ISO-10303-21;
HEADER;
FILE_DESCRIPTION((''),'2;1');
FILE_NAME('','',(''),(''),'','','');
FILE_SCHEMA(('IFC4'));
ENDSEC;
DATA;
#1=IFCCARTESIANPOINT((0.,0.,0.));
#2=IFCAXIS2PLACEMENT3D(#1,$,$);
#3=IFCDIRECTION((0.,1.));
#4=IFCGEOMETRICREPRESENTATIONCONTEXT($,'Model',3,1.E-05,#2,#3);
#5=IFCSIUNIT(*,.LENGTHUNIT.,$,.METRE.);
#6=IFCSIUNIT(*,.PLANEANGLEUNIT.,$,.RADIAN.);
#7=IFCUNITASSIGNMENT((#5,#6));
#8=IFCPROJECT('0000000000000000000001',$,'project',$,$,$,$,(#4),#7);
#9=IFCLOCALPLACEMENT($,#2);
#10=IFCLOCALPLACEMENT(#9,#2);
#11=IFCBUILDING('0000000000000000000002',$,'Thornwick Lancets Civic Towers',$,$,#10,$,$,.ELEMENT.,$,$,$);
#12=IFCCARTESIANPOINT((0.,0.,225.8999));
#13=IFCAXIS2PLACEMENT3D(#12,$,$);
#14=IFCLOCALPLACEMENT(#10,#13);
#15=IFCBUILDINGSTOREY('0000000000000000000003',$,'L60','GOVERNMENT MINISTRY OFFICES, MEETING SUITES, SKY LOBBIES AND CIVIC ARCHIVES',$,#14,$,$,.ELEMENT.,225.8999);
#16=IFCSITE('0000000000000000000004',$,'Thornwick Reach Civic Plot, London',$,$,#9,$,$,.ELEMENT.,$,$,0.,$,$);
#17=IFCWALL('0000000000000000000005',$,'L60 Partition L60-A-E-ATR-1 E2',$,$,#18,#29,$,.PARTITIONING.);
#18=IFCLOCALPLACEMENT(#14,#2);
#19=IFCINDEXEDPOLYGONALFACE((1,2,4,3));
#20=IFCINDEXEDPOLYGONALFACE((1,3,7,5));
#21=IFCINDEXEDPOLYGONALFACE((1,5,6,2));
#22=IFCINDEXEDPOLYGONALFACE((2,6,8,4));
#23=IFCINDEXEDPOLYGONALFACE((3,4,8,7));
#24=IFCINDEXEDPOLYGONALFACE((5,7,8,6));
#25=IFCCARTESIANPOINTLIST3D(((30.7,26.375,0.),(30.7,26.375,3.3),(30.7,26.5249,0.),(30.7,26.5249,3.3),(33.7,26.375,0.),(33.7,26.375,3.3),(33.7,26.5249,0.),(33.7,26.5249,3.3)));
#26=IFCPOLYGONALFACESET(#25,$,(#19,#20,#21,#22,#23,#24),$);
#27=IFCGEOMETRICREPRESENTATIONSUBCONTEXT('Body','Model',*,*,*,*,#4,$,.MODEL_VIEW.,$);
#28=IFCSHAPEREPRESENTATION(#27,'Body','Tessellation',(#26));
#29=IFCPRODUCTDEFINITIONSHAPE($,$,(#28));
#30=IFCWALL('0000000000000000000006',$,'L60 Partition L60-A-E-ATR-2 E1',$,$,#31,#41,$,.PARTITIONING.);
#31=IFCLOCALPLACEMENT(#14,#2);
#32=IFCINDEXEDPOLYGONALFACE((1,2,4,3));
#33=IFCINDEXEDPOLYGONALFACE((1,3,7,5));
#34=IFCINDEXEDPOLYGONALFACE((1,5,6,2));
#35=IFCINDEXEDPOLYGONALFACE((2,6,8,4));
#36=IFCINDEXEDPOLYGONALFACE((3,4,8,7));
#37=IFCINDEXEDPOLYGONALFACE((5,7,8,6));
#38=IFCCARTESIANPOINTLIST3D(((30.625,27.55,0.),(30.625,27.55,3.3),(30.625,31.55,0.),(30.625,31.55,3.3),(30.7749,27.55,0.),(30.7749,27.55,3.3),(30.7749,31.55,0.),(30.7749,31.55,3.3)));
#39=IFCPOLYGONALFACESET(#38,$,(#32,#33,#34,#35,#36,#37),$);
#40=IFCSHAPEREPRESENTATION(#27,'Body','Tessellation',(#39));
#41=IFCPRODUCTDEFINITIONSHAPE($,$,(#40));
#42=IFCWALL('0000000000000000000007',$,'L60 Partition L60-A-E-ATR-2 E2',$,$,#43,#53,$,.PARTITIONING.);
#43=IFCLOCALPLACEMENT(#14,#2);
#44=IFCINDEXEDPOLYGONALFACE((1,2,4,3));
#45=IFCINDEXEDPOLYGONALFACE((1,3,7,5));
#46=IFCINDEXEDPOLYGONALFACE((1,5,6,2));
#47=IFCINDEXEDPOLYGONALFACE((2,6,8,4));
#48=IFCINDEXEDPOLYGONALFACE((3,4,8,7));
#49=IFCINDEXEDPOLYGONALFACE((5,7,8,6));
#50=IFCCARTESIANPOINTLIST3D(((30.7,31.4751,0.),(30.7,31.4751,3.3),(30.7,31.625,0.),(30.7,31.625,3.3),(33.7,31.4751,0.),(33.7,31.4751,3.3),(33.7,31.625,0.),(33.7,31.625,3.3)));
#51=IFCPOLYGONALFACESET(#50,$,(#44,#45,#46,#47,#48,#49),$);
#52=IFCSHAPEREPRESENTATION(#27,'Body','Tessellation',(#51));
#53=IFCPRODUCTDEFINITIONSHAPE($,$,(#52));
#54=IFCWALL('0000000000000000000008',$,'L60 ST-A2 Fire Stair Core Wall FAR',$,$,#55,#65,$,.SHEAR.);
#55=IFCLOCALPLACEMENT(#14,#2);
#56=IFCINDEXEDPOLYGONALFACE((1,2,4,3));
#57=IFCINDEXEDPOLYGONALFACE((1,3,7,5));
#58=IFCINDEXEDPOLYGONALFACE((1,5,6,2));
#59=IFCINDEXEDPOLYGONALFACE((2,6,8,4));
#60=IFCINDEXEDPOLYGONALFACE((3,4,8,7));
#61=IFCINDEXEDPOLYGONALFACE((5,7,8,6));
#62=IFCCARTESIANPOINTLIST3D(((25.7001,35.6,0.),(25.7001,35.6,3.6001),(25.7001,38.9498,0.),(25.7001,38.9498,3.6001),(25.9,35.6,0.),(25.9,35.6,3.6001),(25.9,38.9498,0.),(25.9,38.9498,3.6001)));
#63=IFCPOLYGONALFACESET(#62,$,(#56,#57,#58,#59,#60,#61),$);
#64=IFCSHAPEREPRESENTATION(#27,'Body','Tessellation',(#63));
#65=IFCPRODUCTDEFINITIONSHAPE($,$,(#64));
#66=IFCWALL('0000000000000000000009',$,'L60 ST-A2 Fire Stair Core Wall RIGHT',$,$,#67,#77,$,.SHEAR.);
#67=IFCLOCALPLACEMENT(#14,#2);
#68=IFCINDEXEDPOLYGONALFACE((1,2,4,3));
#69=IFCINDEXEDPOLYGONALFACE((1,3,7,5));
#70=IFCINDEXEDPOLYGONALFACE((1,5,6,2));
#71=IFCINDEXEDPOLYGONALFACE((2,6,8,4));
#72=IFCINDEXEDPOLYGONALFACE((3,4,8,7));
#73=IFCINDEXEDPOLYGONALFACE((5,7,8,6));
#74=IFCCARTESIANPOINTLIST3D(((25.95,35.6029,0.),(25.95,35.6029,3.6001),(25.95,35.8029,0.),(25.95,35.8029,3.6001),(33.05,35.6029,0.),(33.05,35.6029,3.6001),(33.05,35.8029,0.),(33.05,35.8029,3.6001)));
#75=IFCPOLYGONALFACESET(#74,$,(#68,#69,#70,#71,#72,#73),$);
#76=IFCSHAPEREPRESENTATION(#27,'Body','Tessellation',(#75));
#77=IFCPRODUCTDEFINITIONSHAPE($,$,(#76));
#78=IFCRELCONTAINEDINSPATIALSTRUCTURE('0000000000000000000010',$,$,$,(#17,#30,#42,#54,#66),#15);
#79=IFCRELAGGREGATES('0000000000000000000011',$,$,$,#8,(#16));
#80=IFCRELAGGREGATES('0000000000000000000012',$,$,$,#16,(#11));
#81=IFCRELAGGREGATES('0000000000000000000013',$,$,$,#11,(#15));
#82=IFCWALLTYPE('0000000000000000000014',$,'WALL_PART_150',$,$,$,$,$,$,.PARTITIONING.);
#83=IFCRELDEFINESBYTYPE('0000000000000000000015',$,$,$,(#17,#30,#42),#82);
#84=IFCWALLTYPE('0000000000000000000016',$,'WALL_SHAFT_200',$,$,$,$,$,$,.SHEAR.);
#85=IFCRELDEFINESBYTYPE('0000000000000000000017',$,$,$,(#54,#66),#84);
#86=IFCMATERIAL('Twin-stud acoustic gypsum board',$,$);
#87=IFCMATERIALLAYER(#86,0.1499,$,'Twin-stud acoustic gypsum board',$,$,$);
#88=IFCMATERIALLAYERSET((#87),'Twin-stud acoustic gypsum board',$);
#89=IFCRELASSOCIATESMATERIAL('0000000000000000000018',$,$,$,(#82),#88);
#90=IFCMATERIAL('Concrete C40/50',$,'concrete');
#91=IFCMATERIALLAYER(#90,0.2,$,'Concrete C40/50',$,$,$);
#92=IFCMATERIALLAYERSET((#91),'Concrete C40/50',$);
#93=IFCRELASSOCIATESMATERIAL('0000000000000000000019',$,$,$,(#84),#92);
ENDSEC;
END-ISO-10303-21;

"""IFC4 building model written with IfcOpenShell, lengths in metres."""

from ifc_helpers import new_model, si_unit, direction, frame, frame_2d, origin, place, context, subcontext, project, spatial, rectangle, extrude, material, layer, layer_set, type_object, element, save


model = new_model("IFC4")

# Units and contexts
model_context = context("Model", 3, precision=1e-05, world=origin(), true_north=direction((0.0, 1.0)))
body_context = subcontext(model_context, "Body", "Model", "MODEL_VIEW")
ifc_project = project(units=[si_unit("LENGTHUNIT", "METRE"), si_unit("PLANEANGLEUNIT", "RADIAN")], contexts=[model_context])

# Site, building, storey
site_placement = place(None, origin())
site = spatial("IfcSite", under=ifc_project, at=site_placement, Name="Thornwick Reach Civic Plot, London", CompositionType="ELEMENT", RefElevation=0.0)
building_placement = place(site_placement, origin())
building = spatial("IfcBuilding", under=site, at=building_placement, Name="Thornwick Lancets Civic Towers", CompositionType="ELEMENT")
storey_placement = place(building_placement, frame((0.0, 0.0, 225.8999)))
storey = spatial("IfcBuildingStorey", under=building, at=storey_placement, Name="L60", Description="GOVERNMENT MINISTRY OFFICES, MEETING SUITES, SKY LOBBIES AND CIVIC ARCHIVES", CompositionType="ELEMENT", Elevation=225.8999)

# Walls
ifc_material_1 = material(Name="Twin-stud acoustic gypsum board")
ifc_layer_1 = layer(ifc_material_1, 0.1499, Name="Twin-stud acoustic gypsum board")
ifc_layer_set_1 = layer_set([ifc_layer_1], Name="Twin-stud acoustic gypsum board")
wall_type_1 = type_object("IfcWallType", Name="WALL_PART_150", PredefinedType="PARTITIONING", material=ifc_layer_set_1)
wall_1_placement = place(storey_placement, frame((30.7, 26.45, 0.0), z_axis=(0.0, 0.0, 1.0), x_axis=(1.0, 0.0, 0.0)))
element("IfcWall", 1, at=wall_1_placement, inside=storey, type_object=wall_type_1, Name="L60 Partition L60-A-E-ATR-1 E2", PredefinedType="PARTITIONING", context=body_context, shape_type="SweptSolid", body=[
    extrude(rectangle(XDim=3.0, YDim=0.1499, at=frame_2d((1.5, 0.0))), origin(), (0.0, 0.0, 1.0), 3.3),
])
wall_2_placement = place(storey_placement, frame((30.7, 27.55, 0.0), z_axis=(0.0, 0.0, 1.0), x_axis=(0.0, 1.0, 0.0)))
element("IfcWall", 2, at=wall_2_placement, inside=storey, type_object=wall_type_1, Name="L60 Partition L60-A-E-ATR-2 E1", PredefinedType="PARTITIONING", context=body_context, shape_type="SweptSolid", body=[
    extrude(rectangle(XDim=4.0, YDim=0.1499, at=frame_2d((2.0, 0.0))), origin(), (0.0, 0.0, 1.0), 3.3),
])
wall_3_placement = place(storey_placement, frame((30.7, 31.55, 0.0), z_axis=(0.0, 0.0, 1.0), x_axis=(1.0, 0.0, 0.0)))
element("IfcWall", 3, at=wall_3_placement, inside=storey, type_object=wall_type_1, Name="L60 Partition L60-A-E-ATR-2 E2", PredefinedType="PARTITIONING", context=body_context, shape_type="SweptSolid", body=[
    extrude(rectangle(XDim=3.0, YDim=0.1499, at=frame_2d((1.5, 0.0))), origin(), (0.0, 0.0, 1.0), 3.3),
])
ifc_material_2 = material(Name="Concrete C40/50", Category="concrete")
ifc_layer_2 = layer(ifc_material_2, 0.2, Name="Concrete C40/50")
ifc_layer_set_2 = layer_set([ifc_layer_2], Name="Concrete C40/50")
wall_type_2 = type_object("IfcWallType", Name="WALL_SHAFT_200", PredefinedType="SHEAR", material=ifc_layer_set_2)
wall_4_placement = place(storey_placement, frame((25.8, 35.6001, 0.0), z_axis=(0.0, 0.0, 1.0), x_axis=(0.0, 1.0, 0.0)))
element("IfcWall", 4, at=wall_4_placement, inside=storey, type_object=wall_type_2, Name="L60 ST-A2 Fire Stair Core Wall FAR", PredefinedType="SHEAR", context=body_context, shape_type="SweptSolid", body=[
    extrude(rectangle(XDim=3.3499, YDim=0.2, at=frame_2d((1.6748, 0.0))), origin(), (0.0, 0.0, 1.0), 3.6001),
])
wall_5_placement = place(storey_placement, frame((25.95, 35.7029, 0.0), z_axis=(0.0, 0.0, 1.0), x_axis=(1.0, 0.0, 0.0)))
element("IfcWall", 5, at=wall_5_placement, inside=storey, type_object=wall_type_2, Name="L60 ST-A2 Fire Stair Core Wall RIGHT", PredefinedType="SHEAR", context=body_context, shape_type="SweptSolid", body=[
    extrude(rectangle(XDim=7.1001, YDim=0.2, at=frame_2d((3.55, 0.0))), origin(), (0.0, 0.0, 1.0), 3.6001),
])

save(model, "model.ifc")
